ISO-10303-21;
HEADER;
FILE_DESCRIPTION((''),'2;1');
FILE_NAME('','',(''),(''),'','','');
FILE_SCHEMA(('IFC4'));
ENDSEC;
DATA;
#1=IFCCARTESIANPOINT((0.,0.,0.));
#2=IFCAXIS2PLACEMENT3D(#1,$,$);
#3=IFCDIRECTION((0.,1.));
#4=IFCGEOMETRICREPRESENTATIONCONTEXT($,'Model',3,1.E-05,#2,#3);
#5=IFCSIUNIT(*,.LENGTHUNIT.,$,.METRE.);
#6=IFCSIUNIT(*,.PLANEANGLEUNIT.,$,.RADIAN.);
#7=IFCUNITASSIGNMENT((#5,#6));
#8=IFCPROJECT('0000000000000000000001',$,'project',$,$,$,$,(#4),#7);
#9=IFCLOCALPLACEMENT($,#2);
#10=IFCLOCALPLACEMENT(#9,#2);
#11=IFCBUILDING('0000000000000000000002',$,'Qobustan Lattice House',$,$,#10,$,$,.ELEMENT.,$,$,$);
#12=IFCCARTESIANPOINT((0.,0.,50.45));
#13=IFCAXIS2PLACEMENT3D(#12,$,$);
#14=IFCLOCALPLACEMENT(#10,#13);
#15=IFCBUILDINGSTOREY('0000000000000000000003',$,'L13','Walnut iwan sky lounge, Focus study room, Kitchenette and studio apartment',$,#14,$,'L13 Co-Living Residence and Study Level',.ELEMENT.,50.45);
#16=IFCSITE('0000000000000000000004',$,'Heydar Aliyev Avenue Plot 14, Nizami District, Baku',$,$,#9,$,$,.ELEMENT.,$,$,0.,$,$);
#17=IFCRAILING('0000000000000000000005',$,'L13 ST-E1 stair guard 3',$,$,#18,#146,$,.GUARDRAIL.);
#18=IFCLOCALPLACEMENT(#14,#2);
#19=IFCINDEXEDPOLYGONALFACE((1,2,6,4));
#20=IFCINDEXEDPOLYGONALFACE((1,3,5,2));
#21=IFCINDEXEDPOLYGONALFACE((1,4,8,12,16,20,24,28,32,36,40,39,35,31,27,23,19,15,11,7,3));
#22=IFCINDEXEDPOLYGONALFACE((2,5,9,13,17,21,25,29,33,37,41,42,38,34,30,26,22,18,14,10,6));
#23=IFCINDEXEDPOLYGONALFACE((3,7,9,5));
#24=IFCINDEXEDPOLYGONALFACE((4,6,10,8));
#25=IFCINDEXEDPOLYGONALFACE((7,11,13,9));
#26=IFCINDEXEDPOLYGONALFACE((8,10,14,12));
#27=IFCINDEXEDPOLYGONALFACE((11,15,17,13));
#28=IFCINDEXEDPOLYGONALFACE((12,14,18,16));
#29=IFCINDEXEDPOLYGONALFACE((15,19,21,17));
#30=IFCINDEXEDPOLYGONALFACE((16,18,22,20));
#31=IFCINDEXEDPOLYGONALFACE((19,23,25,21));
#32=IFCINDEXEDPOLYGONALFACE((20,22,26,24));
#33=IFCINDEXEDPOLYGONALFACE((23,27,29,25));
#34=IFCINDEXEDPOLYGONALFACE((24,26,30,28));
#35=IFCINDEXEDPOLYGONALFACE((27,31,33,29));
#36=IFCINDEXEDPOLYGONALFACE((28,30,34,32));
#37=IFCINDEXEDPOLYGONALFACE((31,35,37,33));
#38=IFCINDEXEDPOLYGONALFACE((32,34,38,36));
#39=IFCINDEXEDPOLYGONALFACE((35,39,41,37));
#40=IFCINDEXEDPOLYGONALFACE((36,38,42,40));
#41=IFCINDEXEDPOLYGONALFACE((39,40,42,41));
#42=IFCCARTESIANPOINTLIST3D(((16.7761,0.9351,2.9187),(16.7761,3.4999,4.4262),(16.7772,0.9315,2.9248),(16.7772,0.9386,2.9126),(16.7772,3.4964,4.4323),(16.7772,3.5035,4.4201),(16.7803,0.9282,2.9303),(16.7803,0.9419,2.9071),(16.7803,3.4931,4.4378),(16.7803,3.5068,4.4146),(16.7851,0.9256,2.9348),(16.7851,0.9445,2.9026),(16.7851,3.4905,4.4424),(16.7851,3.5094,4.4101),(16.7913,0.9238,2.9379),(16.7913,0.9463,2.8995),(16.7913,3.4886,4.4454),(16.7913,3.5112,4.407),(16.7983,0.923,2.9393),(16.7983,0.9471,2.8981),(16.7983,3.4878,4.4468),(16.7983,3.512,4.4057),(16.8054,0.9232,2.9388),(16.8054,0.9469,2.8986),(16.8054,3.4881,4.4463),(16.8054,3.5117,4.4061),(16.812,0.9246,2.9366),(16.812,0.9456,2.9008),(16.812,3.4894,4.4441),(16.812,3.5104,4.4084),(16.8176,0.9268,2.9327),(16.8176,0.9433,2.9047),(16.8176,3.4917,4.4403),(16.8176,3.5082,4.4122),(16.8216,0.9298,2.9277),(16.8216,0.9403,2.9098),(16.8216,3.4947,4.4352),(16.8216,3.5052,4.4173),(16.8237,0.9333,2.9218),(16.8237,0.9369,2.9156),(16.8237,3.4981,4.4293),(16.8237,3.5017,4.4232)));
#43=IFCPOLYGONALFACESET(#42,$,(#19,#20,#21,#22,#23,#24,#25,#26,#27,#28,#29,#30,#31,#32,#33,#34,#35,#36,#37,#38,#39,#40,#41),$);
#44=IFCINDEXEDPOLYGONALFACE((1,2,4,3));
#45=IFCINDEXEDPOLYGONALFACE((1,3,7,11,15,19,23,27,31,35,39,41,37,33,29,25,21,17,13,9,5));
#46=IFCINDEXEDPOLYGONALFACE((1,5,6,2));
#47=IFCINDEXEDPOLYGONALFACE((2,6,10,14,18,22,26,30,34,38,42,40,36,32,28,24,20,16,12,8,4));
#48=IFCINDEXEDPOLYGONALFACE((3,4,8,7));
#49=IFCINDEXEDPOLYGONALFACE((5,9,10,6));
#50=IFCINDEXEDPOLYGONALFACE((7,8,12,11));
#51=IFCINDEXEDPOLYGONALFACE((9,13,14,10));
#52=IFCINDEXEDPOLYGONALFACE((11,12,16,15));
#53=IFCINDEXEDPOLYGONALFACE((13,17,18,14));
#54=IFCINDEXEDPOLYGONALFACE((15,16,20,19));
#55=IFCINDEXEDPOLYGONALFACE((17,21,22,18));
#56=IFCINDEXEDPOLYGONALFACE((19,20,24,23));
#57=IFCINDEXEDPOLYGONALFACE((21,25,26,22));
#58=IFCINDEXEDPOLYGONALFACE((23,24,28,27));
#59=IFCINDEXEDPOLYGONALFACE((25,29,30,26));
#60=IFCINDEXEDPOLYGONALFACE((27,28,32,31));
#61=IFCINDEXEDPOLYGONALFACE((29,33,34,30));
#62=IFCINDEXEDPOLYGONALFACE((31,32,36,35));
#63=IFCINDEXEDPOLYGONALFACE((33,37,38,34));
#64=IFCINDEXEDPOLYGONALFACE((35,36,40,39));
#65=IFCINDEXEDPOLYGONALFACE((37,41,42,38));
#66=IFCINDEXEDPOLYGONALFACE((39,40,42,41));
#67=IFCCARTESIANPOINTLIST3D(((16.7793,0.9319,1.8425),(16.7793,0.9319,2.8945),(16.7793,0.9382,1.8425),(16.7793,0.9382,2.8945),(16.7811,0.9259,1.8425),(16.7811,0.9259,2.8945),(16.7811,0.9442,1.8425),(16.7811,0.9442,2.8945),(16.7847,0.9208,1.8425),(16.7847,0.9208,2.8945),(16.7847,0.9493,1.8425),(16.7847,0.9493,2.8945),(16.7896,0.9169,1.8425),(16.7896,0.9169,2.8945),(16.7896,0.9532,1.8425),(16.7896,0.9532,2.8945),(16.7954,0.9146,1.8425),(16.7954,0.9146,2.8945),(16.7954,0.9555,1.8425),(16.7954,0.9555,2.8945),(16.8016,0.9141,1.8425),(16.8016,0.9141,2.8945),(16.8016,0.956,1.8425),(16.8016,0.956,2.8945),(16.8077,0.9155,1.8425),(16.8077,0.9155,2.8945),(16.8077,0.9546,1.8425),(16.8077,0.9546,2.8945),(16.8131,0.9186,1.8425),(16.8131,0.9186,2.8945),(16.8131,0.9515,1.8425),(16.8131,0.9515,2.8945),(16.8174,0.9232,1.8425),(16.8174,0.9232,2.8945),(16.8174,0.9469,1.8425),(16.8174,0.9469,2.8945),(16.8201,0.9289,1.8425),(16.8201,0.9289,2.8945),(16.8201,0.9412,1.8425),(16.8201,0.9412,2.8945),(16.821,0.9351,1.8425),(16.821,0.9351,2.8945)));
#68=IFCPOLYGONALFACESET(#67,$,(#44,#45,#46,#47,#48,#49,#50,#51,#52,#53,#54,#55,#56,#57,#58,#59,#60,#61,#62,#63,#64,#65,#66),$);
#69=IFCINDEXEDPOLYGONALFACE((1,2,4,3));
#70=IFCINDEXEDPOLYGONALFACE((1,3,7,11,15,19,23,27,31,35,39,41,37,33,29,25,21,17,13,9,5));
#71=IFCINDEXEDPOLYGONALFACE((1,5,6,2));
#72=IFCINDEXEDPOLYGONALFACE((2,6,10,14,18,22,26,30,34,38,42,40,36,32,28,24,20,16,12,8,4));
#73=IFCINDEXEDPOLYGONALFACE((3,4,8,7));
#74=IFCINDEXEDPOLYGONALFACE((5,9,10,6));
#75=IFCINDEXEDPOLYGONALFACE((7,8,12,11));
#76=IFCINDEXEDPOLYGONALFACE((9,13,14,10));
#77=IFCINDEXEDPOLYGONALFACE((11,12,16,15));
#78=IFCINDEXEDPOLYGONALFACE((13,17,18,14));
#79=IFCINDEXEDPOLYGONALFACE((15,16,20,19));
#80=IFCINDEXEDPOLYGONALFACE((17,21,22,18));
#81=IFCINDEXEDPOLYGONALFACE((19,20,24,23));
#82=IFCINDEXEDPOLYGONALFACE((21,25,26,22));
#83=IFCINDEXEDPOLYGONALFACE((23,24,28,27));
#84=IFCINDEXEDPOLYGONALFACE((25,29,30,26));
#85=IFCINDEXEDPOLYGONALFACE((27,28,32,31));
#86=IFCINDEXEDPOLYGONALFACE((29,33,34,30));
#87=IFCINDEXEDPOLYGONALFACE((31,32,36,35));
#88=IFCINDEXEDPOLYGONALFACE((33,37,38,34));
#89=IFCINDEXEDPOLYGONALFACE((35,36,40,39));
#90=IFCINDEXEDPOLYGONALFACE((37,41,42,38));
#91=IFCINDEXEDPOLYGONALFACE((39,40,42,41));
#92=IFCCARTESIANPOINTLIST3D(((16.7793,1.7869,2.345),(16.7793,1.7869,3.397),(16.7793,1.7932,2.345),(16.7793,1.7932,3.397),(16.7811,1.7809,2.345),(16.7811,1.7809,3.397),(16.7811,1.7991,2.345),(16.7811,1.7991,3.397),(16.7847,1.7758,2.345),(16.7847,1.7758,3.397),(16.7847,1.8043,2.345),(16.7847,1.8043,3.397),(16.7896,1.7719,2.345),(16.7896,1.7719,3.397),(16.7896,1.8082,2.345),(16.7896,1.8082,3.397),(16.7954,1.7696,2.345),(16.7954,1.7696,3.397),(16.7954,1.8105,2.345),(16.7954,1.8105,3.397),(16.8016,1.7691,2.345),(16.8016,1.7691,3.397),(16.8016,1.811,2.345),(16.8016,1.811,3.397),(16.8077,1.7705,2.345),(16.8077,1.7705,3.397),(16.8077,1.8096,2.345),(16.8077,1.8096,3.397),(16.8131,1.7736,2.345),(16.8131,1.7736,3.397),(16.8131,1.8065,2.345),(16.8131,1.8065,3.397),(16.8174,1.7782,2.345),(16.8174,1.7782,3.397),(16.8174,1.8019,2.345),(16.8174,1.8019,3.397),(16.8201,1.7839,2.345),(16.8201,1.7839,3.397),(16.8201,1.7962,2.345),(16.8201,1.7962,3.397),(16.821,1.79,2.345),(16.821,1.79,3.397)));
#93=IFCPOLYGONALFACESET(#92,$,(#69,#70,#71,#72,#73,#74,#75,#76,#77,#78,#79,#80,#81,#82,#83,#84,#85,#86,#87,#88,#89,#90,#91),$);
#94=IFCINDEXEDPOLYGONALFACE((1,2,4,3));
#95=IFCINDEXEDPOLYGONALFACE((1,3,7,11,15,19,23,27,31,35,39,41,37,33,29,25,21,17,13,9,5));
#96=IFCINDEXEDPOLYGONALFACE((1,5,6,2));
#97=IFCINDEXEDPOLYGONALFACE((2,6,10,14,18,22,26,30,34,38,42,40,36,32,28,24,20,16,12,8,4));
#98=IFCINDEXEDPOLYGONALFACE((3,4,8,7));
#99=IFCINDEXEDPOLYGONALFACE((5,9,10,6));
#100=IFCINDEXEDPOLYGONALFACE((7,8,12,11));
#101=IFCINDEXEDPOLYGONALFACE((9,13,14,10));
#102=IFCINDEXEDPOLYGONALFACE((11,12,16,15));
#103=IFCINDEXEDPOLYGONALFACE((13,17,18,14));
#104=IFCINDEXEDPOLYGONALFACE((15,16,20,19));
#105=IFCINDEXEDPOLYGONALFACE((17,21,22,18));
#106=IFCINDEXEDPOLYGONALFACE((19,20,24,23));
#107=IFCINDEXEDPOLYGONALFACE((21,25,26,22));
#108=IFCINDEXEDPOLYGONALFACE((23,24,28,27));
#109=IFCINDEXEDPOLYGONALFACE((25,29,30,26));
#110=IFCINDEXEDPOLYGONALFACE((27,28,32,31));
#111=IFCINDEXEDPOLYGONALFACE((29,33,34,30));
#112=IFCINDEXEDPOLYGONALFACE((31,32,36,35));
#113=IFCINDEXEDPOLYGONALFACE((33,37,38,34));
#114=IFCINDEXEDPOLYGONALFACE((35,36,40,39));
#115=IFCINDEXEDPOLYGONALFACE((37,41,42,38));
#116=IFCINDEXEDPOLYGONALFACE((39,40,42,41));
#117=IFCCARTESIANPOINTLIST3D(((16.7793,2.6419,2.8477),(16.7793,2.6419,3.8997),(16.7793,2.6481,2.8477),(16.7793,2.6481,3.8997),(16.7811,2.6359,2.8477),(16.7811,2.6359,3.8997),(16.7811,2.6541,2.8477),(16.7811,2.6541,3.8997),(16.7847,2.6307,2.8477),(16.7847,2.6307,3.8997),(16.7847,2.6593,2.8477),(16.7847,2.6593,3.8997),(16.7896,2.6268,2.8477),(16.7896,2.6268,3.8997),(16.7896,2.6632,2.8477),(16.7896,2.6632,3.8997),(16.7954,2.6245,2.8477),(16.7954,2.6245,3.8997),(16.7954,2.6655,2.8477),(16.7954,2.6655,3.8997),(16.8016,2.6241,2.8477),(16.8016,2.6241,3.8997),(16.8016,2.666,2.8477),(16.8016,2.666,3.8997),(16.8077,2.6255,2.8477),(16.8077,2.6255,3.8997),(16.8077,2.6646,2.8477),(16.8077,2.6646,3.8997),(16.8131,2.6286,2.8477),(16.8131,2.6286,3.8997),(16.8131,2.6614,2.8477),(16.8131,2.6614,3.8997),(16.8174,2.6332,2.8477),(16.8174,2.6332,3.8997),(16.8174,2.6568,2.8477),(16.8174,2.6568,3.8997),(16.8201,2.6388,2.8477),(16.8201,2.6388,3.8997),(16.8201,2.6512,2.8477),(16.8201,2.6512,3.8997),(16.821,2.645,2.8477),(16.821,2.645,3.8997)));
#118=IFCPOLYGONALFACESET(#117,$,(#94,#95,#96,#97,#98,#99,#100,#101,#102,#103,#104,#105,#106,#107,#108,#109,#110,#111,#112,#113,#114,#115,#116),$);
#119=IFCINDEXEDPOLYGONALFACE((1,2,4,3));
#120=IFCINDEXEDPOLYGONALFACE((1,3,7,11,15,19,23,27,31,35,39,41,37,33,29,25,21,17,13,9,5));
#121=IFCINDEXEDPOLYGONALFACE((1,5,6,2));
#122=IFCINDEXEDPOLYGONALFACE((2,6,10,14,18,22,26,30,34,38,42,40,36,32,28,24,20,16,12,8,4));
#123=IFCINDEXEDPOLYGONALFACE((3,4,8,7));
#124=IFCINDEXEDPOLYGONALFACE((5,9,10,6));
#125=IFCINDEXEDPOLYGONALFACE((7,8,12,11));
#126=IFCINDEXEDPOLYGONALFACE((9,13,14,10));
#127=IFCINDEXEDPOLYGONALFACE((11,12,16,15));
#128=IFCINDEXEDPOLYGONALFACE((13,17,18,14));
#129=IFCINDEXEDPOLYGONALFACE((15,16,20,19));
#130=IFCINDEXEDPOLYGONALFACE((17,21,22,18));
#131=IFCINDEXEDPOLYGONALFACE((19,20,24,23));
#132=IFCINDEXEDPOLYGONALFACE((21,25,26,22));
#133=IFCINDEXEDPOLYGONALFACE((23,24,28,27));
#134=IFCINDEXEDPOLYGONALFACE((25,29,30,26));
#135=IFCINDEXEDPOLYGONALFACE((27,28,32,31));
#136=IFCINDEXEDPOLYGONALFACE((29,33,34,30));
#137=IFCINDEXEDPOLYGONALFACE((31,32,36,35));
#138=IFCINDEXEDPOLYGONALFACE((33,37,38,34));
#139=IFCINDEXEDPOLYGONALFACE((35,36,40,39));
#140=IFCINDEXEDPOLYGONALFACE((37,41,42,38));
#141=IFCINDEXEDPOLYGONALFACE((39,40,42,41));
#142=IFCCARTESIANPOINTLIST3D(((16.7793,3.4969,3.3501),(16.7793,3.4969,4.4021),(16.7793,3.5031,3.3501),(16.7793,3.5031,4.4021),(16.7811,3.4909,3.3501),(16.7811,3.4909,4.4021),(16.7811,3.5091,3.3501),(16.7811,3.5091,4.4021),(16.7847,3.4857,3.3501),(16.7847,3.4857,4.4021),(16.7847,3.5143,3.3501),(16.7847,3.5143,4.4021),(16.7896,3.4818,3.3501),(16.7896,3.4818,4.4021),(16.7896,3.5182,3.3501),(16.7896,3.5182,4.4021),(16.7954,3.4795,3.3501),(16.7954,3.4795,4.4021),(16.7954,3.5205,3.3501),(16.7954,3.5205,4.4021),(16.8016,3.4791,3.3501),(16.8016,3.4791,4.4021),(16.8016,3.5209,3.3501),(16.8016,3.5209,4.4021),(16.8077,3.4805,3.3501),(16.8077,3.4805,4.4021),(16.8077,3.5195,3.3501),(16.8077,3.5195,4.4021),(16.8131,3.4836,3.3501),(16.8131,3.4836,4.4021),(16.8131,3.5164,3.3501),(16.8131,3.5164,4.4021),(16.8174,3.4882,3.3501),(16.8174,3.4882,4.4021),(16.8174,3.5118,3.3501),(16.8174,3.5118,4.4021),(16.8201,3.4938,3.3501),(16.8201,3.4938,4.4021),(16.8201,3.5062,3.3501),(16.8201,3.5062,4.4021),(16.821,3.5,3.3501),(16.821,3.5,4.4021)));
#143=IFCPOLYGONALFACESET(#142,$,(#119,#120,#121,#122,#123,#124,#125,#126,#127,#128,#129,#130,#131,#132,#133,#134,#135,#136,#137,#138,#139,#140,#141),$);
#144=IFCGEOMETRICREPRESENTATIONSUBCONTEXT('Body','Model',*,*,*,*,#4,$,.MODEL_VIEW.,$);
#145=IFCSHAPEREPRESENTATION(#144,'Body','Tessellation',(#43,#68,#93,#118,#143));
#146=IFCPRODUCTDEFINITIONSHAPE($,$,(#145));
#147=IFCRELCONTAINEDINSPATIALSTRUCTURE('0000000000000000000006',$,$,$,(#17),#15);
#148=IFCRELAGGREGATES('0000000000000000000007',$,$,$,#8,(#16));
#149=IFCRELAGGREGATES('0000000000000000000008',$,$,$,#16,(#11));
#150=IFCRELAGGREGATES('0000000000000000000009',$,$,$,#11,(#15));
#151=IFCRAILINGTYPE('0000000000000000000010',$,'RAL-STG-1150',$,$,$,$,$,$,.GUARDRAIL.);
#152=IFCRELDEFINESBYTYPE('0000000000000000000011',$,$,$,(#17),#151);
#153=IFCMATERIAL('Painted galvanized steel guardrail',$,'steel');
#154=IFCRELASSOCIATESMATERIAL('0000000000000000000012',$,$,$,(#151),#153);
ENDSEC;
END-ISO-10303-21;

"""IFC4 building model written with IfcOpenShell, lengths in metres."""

from ifc_helpers import new_model, si_unit, direction, frame, origin, origin_2d, place, context, subcontext, project, spatial, circle, extrude, material, type_object, element, save


model = new_model("IFC4")

# Units and contexts
model_context = context("Model", 3, precision=1e-05, world=origin(), true_north=direction((0.0, 1.0)))
body_context = subcontext(model_context, "Body", "Model", "MODEL_VIEW")
ifc_project = project(units=[si_unit("LENGTHUNIT", "METRE"), si_unit("PLANEANGLEUNIT", "RADIAN")], contexts=[model_context])

# Site, building, storey
site_placement = place(None, origin())
site = spatial("IfcSite", under=ifc_project, at=site_placement, Name="Heydar Aliyev Avenue Plot 14, Nizami District, Baku", CompositionType="ELEMENT", RefElevation=0.0)
building_placement = place(site_placement, origin())
building = spatial("IfcBuilding", under=site, at=building_placement, Name="Qobustan Lattice House", CompositionType="ELEMENT")
storey_placement = place(building_placement, frame((0.0, 0.0, 50.45)))
storey = spatial("IfcBuildingStorey", under=building, at=storey_placement, Name="L13", Description="Walnut iwan sky lounge, Focus study room, Kitchenette and studio apartment", LongName="L13 Co-Living Residence and Study Level", CompositionType="ELEMENT", Elevation=50.45)

# Railing
ifc_material_1 = material(Name="Painted galvanized steel guardrail", Category="steel")
railing_type_1 = type_object("IfcRailingType", Name="RAL-STG-1150", PredefinedType="GUARDRAIL", material=ifc_material_1)
railing_1_placement = place(storey_placement, frame((16.8, 0.9351, 1.8425)))
element("IfcRailing", 1, at=railing_1_placement, inside=storey, type_object=railing_type_1, Name="L13 ST-E1 stair guard 3", PredefinedType="GUARDRAIL", context=body_context, shape_type="SweptSolid", body=[
    extrude(circle(Radius=0.0239, at=origin_2d()), frame((0.0, 0.0, 1.0762), z_axis=(0.0, 0.862113, 0.506715), x_axis=(-1.0, 0.0, 0.0)), (0.0, 0.0, 1.0), 2.9751),
    extrude(circle(Radius=0.021, at=origin_2d()), origin(), (0.0, 0.0, 1.0), 1.052),
    extrude(circle(Radius=0.021, at=origin_2d()), frame((0.0, 0.855, 0.5024)), (0.0, 0.0, 1.0), 1.052),
    extrude(circle(Radius=0.021, at=origin_2d()), frame((0.0, 1.71, 1.0051)), (0.0, 0.0, 1.0), 1.052),
    extrude(circle(Radius=0.021, at=origin_2d()), frame((0.0, 2.5649, 1.5076)), (0.0, 0.0, 1.0), 1.052),
])

save(model, "model.ifc")
